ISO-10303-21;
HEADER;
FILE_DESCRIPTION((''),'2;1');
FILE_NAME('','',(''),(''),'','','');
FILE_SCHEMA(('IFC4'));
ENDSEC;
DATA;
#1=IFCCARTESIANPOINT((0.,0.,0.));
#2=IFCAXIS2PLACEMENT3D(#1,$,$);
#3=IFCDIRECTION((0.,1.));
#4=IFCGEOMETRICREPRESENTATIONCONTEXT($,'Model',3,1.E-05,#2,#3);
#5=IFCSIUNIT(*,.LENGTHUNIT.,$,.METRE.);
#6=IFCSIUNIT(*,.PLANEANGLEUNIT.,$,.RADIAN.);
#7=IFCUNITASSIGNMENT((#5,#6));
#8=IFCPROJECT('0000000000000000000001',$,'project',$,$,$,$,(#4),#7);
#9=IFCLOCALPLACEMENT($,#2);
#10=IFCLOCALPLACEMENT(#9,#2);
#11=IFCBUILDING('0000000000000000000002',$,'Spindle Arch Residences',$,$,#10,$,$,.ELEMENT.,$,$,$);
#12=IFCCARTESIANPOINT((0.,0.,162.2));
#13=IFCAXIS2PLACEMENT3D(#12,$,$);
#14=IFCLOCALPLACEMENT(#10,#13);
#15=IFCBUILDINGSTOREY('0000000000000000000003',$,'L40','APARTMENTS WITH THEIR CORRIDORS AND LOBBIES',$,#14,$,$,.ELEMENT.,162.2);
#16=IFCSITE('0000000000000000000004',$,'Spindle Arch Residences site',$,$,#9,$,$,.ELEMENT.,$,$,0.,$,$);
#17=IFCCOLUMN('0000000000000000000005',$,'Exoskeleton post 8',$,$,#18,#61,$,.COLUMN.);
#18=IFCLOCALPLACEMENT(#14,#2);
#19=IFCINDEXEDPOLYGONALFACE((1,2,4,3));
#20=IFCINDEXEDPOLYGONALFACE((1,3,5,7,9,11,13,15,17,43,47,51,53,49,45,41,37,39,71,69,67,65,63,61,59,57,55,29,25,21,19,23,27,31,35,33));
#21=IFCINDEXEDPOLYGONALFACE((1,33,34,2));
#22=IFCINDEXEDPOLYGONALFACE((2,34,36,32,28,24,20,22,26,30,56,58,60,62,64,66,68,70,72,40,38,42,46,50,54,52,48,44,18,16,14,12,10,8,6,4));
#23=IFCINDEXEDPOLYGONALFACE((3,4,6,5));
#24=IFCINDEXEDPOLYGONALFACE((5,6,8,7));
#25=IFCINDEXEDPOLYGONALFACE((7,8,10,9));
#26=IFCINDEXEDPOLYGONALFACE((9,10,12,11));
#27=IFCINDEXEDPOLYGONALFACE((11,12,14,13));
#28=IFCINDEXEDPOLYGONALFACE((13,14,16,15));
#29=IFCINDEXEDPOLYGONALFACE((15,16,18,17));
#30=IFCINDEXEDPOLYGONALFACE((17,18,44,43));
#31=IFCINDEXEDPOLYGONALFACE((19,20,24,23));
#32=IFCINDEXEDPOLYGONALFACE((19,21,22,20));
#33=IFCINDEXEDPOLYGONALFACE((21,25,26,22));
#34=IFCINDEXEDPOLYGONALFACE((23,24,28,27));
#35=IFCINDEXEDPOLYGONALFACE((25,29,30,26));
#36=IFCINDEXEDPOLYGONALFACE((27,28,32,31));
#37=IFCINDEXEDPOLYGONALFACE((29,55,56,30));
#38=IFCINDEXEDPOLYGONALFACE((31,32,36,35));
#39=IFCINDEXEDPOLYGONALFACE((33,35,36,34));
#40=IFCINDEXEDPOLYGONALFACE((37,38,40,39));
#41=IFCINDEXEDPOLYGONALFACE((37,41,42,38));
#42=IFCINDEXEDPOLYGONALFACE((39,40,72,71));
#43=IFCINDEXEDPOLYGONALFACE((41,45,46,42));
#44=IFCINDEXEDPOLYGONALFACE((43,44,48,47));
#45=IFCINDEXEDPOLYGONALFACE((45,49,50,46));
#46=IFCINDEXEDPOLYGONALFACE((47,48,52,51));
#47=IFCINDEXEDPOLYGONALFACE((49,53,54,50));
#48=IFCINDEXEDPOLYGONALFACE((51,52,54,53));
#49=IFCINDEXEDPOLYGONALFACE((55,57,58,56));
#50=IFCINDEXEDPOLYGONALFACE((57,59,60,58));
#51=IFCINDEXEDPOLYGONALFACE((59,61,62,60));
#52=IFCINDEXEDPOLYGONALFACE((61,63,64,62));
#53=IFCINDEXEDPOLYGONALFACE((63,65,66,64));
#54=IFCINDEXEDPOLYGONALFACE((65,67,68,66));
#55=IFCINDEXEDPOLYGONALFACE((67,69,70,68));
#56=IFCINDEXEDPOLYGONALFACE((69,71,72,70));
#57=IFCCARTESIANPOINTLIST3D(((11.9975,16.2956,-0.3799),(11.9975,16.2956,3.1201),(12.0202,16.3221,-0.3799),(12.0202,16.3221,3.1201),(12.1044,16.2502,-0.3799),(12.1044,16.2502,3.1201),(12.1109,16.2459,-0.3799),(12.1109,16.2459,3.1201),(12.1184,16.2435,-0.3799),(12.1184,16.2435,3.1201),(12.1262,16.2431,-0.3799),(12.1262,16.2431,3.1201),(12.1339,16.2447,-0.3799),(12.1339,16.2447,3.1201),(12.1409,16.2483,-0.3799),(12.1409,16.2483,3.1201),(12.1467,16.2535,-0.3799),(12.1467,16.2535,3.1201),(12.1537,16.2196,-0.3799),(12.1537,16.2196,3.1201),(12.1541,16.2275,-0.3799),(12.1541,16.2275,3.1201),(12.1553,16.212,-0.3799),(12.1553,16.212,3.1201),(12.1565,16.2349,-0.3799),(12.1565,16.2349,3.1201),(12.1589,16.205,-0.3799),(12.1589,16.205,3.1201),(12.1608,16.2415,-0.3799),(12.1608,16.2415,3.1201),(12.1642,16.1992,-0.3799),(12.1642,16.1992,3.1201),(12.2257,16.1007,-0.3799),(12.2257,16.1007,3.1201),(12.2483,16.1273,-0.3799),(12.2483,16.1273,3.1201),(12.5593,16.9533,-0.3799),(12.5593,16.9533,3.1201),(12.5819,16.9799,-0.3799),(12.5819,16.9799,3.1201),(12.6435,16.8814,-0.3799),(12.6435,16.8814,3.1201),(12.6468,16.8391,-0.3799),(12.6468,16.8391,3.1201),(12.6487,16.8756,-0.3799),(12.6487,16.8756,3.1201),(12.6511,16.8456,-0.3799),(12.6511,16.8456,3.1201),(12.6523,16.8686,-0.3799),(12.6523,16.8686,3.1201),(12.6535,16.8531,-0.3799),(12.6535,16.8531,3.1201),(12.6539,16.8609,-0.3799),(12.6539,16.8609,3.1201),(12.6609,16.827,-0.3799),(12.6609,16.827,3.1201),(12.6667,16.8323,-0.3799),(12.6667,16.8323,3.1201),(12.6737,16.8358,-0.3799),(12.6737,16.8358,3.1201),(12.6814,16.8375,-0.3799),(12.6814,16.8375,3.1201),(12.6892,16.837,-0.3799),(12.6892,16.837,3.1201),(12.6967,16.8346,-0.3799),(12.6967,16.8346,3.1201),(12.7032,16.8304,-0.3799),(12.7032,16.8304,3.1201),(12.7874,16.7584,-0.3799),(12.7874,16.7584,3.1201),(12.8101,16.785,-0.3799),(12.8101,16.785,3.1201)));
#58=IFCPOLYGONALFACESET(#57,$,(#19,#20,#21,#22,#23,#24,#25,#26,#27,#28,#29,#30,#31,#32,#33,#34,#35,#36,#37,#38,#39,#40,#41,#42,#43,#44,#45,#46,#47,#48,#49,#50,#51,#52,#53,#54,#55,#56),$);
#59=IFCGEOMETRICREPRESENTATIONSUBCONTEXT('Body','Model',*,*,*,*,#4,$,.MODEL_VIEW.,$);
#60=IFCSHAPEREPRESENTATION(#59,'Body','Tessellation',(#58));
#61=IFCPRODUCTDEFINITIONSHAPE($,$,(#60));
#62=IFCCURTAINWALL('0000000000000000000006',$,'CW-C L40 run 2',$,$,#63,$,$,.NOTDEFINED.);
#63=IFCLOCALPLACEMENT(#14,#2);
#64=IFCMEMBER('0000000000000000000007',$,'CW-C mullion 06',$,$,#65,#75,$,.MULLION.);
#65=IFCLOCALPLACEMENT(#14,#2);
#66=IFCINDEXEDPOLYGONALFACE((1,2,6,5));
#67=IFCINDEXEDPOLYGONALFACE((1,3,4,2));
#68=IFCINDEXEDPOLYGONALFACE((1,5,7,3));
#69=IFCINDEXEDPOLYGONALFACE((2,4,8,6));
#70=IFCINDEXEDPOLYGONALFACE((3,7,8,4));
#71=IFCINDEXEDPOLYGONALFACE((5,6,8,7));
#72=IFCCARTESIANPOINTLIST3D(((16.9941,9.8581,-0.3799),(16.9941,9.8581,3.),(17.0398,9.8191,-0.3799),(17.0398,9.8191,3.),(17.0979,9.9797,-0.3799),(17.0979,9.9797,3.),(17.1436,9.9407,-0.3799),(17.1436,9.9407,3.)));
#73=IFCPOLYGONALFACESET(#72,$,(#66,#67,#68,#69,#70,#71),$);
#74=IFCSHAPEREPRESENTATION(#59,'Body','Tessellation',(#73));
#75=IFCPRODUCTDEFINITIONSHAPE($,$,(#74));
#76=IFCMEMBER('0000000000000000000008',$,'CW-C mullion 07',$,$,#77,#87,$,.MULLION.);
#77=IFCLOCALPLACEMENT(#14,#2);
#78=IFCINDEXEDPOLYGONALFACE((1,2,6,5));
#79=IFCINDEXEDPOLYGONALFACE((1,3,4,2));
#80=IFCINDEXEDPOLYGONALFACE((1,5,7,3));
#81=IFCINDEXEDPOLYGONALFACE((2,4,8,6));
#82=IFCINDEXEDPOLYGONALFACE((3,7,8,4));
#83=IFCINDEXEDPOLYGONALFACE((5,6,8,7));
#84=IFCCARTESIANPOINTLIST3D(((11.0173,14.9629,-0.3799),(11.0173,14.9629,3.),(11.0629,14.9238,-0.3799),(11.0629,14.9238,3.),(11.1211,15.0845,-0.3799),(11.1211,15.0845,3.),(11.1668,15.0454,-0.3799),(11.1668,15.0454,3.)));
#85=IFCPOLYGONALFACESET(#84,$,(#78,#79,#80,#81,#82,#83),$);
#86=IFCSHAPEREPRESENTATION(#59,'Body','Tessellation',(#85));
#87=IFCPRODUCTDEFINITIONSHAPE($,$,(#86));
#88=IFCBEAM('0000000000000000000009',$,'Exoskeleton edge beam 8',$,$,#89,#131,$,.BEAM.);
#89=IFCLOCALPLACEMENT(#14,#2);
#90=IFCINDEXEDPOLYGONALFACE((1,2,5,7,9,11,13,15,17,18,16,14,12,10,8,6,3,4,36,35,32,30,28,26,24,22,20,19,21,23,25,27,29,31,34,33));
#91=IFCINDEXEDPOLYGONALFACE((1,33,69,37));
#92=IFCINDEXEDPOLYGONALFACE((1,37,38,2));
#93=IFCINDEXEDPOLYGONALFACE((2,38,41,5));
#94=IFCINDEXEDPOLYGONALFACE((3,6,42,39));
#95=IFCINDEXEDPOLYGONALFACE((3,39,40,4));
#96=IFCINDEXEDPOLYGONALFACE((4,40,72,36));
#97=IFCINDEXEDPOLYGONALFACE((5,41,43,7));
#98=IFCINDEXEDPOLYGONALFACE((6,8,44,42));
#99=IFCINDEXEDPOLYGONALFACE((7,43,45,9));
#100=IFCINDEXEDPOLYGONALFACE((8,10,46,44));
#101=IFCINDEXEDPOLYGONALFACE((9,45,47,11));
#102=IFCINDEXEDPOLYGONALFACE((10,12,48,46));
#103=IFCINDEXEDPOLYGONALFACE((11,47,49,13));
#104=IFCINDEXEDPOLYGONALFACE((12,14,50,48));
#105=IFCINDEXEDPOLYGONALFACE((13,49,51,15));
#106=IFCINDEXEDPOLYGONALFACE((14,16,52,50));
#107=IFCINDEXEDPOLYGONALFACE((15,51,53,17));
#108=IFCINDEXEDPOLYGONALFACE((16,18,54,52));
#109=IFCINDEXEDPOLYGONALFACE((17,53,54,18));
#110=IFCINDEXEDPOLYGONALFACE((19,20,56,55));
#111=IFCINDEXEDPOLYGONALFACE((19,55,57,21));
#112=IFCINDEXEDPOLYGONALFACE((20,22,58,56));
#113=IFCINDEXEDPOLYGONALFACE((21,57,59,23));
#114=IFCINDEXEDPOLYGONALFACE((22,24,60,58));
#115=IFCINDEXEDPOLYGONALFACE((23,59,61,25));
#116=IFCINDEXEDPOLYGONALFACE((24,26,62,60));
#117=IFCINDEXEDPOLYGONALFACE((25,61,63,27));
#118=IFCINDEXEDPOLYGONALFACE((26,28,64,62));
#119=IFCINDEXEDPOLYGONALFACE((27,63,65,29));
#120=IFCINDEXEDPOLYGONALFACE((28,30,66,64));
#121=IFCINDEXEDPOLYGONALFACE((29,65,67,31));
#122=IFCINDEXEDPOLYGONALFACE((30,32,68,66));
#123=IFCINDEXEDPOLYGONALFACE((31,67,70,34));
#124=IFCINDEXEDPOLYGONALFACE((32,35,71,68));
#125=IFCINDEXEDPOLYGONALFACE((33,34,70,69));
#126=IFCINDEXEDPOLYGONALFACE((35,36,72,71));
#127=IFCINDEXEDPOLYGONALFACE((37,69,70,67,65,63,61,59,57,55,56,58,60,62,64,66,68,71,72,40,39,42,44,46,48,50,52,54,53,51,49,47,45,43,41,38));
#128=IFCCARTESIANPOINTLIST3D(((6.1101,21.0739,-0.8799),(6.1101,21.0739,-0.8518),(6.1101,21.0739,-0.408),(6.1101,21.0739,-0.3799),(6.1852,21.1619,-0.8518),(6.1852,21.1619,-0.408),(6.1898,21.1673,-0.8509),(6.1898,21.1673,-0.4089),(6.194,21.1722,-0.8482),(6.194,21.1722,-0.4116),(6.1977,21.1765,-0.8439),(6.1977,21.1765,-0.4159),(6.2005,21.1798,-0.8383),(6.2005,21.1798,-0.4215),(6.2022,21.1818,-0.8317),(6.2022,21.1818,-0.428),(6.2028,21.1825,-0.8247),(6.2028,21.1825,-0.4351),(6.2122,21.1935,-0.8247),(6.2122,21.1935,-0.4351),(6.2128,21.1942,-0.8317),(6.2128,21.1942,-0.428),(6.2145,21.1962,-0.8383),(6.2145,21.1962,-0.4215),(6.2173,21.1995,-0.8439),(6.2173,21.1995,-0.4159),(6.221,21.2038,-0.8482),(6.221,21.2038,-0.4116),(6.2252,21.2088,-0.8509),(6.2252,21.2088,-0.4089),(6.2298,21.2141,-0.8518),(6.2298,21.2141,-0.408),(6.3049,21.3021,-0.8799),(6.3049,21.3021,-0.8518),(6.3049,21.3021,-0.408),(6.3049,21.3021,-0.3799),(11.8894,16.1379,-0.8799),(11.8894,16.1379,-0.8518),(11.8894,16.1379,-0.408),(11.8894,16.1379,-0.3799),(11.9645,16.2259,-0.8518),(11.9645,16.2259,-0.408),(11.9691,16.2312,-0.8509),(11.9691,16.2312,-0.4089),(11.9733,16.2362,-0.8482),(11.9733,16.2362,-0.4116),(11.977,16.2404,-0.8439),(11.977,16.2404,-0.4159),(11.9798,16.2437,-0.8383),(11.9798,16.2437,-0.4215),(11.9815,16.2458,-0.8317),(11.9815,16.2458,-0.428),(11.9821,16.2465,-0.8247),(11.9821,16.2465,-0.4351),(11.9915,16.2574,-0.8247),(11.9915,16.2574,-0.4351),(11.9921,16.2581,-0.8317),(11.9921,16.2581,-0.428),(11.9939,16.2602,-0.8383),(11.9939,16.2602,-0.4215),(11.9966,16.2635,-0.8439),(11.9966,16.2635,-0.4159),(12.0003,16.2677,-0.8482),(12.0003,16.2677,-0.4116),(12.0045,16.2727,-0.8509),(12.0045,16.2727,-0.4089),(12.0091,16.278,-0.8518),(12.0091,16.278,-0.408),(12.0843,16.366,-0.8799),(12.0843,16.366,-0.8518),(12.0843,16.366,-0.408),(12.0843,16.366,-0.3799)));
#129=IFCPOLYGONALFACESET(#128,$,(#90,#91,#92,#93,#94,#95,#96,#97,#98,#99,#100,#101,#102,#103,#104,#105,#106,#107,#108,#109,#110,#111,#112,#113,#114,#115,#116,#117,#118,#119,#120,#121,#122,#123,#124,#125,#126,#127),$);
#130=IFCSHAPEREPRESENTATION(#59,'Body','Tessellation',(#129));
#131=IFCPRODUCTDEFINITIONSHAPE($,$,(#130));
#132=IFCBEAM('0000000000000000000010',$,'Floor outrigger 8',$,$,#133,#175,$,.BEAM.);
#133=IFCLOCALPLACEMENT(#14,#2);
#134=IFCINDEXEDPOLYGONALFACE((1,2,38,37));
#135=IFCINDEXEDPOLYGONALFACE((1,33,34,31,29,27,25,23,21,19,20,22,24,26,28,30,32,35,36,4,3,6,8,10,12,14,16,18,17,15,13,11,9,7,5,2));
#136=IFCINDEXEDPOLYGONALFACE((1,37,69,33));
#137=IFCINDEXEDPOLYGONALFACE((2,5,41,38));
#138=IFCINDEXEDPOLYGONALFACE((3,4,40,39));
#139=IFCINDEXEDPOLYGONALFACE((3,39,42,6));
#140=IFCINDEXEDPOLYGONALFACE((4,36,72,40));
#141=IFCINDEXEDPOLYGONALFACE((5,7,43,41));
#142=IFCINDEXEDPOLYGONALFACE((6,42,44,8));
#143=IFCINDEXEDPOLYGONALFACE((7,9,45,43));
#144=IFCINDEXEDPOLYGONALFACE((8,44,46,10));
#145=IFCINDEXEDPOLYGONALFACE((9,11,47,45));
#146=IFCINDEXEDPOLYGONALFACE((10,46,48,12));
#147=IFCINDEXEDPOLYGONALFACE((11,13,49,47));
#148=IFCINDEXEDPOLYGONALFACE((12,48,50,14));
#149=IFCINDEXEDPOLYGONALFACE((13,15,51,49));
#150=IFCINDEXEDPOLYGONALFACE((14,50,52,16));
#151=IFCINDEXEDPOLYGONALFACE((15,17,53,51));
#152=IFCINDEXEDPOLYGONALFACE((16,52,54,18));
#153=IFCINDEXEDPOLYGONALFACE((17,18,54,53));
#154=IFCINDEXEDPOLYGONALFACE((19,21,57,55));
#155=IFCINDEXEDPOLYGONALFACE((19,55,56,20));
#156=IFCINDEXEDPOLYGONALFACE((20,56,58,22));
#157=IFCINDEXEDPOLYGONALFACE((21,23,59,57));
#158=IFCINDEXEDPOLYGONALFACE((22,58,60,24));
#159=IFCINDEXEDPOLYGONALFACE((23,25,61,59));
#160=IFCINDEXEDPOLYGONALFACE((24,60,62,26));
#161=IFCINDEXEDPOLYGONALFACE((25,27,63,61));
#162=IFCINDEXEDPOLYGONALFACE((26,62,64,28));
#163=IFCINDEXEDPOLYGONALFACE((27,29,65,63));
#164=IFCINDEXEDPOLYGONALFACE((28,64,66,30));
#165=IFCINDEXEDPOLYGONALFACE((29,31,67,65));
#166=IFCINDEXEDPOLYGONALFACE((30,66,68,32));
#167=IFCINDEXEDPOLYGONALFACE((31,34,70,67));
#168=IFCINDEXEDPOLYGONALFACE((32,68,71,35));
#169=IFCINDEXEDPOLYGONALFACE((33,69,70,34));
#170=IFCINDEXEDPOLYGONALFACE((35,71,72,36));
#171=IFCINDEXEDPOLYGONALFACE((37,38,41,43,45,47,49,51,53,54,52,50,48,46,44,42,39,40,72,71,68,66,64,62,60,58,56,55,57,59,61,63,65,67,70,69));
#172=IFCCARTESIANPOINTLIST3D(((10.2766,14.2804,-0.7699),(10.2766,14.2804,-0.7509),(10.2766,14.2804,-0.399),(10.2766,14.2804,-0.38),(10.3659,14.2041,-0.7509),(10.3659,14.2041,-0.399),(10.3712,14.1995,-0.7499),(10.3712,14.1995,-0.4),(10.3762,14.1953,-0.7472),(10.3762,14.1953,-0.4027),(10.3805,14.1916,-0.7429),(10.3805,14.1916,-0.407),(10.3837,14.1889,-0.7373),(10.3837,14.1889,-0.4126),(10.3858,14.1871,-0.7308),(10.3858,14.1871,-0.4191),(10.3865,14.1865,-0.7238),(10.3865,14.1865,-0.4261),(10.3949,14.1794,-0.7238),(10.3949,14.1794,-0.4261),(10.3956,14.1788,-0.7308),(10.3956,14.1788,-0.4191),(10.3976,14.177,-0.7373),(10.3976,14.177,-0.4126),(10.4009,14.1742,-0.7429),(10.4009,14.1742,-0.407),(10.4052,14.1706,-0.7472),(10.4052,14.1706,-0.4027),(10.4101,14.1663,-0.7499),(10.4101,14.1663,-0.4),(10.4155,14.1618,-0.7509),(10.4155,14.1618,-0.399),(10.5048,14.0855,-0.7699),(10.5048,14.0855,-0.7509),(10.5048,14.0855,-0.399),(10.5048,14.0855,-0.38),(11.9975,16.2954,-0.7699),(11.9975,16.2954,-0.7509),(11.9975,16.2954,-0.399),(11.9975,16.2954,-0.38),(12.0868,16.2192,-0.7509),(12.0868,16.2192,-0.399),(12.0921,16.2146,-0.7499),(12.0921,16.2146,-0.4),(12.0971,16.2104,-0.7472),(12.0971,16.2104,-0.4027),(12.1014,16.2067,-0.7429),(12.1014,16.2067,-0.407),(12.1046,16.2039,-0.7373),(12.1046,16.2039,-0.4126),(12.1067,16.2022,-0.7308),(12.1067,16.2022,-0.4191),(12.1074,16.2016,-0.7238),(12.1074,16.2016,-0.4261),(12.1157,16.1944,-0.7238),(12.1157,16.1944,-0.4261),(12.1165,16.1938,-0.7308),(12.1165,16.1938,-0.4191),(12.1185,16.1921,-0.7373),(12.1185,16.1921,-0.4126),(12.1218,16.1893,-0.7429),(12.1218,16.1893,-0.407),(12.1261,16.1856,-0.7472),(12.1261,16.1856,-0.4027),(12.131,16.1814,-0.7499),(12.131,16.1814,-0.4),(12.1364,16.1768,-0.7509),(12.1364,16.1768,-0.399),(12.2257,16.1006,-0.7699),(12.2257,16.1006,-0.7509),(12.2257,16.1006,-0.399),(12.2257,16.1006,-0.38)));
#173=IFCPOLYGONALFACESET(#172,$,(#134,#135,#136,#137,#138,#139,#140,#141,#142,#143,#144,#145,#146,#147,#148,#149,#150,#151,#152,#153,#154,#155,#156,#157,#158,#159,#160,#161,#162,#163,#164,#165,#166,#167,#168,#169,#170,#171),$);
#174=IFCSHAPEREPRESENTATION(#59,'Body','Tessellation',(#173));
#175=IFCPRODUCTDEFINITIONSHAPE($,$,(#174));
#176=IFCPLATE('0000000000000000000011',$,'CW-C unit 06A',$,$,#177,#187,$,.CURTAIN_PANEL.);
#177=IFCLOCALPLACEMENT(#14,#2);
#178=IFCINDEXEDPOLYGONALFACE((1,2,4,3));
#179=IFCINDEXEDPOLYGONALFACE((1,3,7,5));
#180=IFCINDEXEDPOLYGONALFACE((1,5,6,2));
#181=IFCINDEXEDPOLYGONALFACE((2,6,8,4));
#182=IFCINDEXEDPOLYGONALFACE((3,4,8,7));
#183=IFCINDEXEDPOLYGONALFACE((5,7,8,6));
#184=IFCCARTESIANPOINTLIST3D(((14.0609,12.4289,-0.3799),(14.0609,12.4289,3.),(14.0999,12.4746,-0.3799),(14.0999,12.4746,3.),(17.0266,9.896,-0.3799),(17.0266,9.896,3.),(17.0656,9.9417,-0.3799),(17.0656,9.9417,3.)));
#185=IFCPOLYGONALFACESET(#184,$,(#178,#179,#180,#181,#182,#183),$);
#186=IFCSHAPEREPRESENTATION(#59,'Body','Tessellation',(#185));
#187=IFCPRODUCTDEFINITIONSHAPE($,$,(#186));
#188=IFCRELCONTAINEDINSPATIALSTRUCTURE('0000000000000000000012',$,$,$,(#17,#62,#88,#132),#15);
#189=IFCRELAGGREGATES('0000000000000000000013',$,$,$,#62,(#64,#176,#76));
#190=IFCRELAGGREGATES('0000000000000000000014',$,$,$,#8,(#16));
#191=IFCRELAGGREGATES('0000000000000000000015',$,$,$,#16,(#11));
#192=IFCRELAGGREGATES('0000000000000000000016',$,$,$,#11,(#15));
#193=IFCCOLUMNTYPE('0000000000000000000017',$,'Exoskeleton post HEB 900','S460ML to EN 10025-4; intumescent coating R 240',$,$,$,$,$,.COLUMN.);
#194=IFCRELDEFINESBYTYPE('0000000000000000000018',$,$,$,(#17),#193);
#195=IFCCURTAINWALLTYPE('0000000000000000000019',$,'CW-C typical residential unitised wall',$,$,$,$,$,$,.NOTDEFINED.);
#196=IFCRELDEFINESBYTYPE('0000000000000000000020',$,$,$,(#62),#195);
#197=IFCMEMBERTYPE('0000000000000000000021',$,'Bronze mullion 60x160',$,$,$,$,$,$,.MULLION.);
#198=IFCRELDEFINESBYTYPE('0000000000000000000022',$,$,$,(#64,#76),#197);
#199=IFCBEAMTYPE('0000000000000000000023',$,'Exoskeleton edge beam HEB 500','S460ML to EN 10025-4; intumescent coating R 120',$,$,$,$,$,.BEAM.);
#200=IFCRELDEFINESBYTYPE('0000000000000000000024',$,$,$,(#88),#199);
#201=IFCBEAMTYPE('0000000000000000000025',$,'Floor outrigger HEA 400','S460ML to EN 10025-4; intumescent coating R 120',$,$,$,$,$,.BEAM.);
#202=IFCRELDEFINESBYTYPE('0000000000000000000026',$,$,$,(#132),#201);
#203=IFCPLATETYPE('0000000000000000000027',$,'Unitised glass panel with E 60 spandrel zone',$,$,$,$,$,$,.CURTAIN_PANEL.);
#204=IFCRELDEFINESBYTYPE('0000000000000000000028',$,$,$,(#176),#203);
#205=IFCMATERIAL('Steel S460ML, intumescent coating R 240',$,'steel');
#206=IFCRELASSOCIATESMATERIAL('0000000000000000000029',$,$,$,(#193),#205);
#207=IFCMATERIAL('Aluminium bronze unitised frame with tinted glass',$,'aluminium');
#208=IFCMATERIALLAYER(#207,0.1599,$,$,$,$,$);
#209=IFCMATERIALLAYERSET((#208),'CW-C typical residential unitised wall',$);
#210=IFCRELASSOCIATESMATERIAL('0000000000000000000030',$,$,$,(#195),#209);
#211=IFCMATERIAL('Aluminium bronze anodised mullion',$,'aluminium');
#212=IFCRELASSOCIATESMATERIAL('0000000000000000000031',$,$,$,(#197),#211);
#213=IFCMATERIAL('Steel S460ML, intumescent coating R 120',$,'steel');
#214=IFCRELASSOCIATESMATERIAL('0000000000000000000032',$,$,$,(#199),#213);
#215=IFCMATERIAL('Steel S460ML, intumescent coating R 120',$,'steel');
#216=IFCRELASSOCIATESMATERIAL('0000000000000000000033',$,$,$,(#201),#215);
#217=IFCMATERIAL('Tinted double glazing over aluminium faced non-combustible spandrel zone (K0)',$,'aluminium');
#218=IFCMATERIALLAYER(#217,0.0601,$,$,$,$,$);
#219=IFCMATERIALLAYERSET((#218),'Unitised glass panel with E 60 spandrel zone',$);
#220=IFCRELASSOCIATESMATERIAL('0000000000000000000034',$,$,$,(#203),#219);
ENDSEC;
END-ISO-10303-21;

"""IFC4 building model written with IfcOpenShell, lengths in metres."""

from ifc_helpers import new_model, si_unit, direction, frame, origin, origin_2d, place, context, subcontext, project, spatial, rectangle, i_section, extrude, material, layer, layer_set, material_profile, profile_set, type_object, element, aggregate, save


model = new_model("IFC4")

# Units and contexts
model_context = context("Model", 3, precision=1e-05, world=origin(), true_north=direction((0.0, 1.0)))
body_context = subcontext(model_context, "Body", "Model", "MODEL_VIEW")
ifc_project = project(units=[si_unit("LENGTHUNIT", "METRE"), si_unit("PLANEANGLEUNIT", "RADIAN")], contexts=[model_context])

# Site, building, storey
site_placement = place(None, origin())
site = spatial("IfcSite", under=ifc_project, at=site_placement, Name="Spindle Arch Residences site", CompositionType="ELEMENT", RefElevation=0.0)
building_placement = place(site_placement, origin())
building = spatial("IfcBuilding", under=site, at=building_placement, Name="Spindle Arch Residences", CompositionType="ELEMENT")
storey_placement = place(building_placement, frame((0.0, 0.0, 162.2)))
storey = spatial("IfcBuildingStorey", under=building, at=storey_placement, Name="L40", Description="APARTMENTS WITH THEIR CORRIDORS AND LOBBIES", CompositionType="ELEMENT", Elevation=162.2)

# Column
ifc_material_1 = material(Name="Steel S460ML, intumescent coating R 240", Category="steel")
ifc_material_profile_1 = material_profile(ifc_material_1, i_section(OverallWidth=0.3, OverallDepth=0.8999, WebThickness=0.0186, FlangeThickness=0.0349, FilletRadius=0.03, at=origin_2d()), Name="HEB 900")
ifc_profile_set_1 = profile_set([ifc_material_profile_1], Name="Steel S460ML, intumescent coating R 240")
column_type = type_object("IfcColumnType", Name="Exoskeleton post HEB 900", Description="S460ML to EN 10025-4; intumescent coating R 240", PredefinedType="COLUMN", material=ifc_profile_set_1)
column_placement = place(storey_placement, frame((12.4038, 16.5403, -0.3799), z_axis=(0.0, 0.0, 1.0), x_axis=(0.760406, -0.649448, 0.0)))
element("IfcColumn", 1, at=column_placement, inside=storey, type_object=column_type, Name="Exoskeleton post 8", PredefinedType="COLUMN", context=body_context, shape_type="SweptSolid", body=[
    extrude(i_section(OverallWidth=0.3, OverallDepth=0.8999, WebThickness=0.0186, FlangeThickness=0.0349, FilletRadius=0.03, at=origin_2d()), origin(), (0.0, 0.0, 1.0), 3.5),
])

# Curtain wall, members
ifc_material_2 = material(Name="Aluminium bronze unitised frame with tinted glass", Category="aluminium")
ifc_layer_1 = layer(ifc_material_2, 0.1599)
ifc_layer_set_1 = layer_set([ifc_layer_1], Name="CW-C typical residential unitised wall")
curtain_wall_type = type_object("IfcCurtainWallType", Name="CW-C typical residential unitised wall", PredefinedType="NOTDEFINED", material=ifc_layer_set_1)
curtain_wall_placement = place(storey_placement, origin())
curtain_wall = element("IfcCurtainWall", 2, at=curtain_wall_placement, inside=storey, type_object=curtain_wall_type, Name="CW-C L40 run 2", PredefinedType="NOTDEFINED")
ifc_material_3 = material(Name="Aluminium bronze anodised mullion", Category="aluminium")
ifc_material_profile_2 = material_profile(ifc_material_3, rectangle(XDim=0.1599, YDim=0.0601, at=origin_2d()), Name="MU 60x160")
ifc_profile_set_2 = profile_set([ifc_material_profile_2], Name="Aluminium bronze anodised mullion")
member_type = type_object("IfcMemberType", Name="Bronze mullion 60x160", PredefinedType="MULLION", material=ifc_profile_set_2)
member_1_placement = place(storey_placement, frame((17.0688, 9.8994, -0.3799), z_axis=(0.0, 0.0, 1.0), x_axis=(-0.649448, -0.760406, 0.0)))
member_1 = element("IfcMember", 3, at=member_1_placement, type_object=member_type, Name="CW-C mullion 06", PredefinedType="MULLION", context=body_context, shape_type="SweptSolid", body=[
    extrude(rectangle(XDim=0.1599, YDim=0.0601, at=origin_2d()), origin(), (0.0, 0.0, 1.0), 3.3799),
])
member_2_placement = place(storey_placement, frame((11.092, 15.0042, -0.3799), z_axis=(0.0, 0.0, 1.0), x_axis=(-0.649448, -0.760406, 0.0)))
member_2 = element("IfcMember", 4, at=member_2_placement, type_object=member_type, Name="CW-C mullion 07", PredefinedType="MULLION", context=body_context, shape_type="SweptSolid", body=[
    extrude(rectangle(XDim=0.1599, YDim=0.0601, at=origin_2d()), origin(), (0.0, 0.0, 1.0), 3.3799),
])

# Beams
ifc_material_4 = material(Name="Steel S460ML, intumescent coating R 120", Category="steel")
ifc_material_profile_3 = material_profile(ifc_material_4, i_section(OverallWidth=0.3, OverallDepth=0.5, WebThickness=0.0144, FlangeThickness=0.0281, FilletRadius=0.0271, at=origin_2d()), Name="HEB 500")
ifc_profile_set_3 = profile_set([ifc_material_profile_3], Name="Steel S460ML, intumescent coating R 120")
beam_type_1 = type_object("IfcBeamType", Name="Exoskeleton edge beam HEB 500", Description="S460ML to EN 10025-4; intumescent coating R 120", PredefinedType="BEAM", material=ifc_profile_set_3)
beam_1_placement = place(storey_placement, frame((11.9868, 16.252, -0.6299), z_axis=(-0.760403, 0.649452, 0.0), x_axis=(-0.649452, -0.760403, 0.0)))
element("IfcBeam", 5, at=beam_1_placement, inside=storey, type_object=beam_type_1, Name="Exoskeleton edge beam 8", PredefinedType="BEAM", context=body_context, shape_type="SweptSolid", body=[
    extrude(i_section(OverallWidth=0.3, OverallDepth=0.5, WebThickness=0.0144, FlangeThickness=0.0281, FilletRadius=0.0271, at=origin_2d()), origin(), (0.0, 0.0, 1.0), 7.6003),
])
ifc_material_5 = material(Name="Steel S460ML, intumescent coating R 120", Category="steel")
ifc_material_profile_4 = material_profile(ifc_material_5, i_section(OverallWidth=0.3, OverallDepth=0.3899, WebThickness=0.011, FlangeThickness=0.019, FilletRadius=0.0271, at=origin_2d()), Name="HEA 400")
ifc_profile_set_4 = profile_set([ifc_material_profile_4], Name="Steel S460ML, intumescent coating R 120")
beam_type_2 = type_object("IfcBeamType", Name="Floor outrigger HEA 400", Description="S460ML to EN 10025-4; intumescent coating R 120", PredefinedType="BEAM", material=ifc_profile_set_4)
beam_2_placement = place(storey_placement, frame((12.1116, 16.198, -0.575), z_axis=(-0.649417, -0.760432, 0.0), x_axis=(0.760432, -0.649417, 0.0)))
element("IfcBeam", 6, at=beam_2_placement, inside=storey, type_object=beam_type_2, Name="Floor outrigger 8", PredefinedType="BEAM", context=body_context, shape_type="SweptSolid", body=[
    extrude(i_section(OverallWidth=0.3, OverallDepth=0.3899, WebThickness=0.011, FlangeThickness=0.019, FilletRadius=0.0271, at=origin_2d()), origin(), (0.0, 0.0, 1.0), 2.6499),
])

# Plate
ifc_material_6 = material(Name="Tinted double glazing over aluminium faced non-combustible spandrel zone (K0)", Category="aluminium")
ifc_layer_2 = layer(ifc_material_6, 0.0601)
ifc_layer_set_2 = layer_set([ifc_layer_2], Name="Unitised glass panel with E 60 spandrel zone")
plate_type = type_object("IfcPlateType", Name="Unitised glass panel with E 60 spandrel zone", PredefinedType="CURTAIN_PANEL", material=ifc_layer_set_2)
plate_1_placement = place(storey_placement, frame((15.5632, 11.1853, -0.3799), z_axis=(0.0, 0.0, 1.0), x_axis=(-0.760406, 0.649448, 0.0)))
plate_1 = element("IfcPlate", 7, at=plate_1_placement, type_object=plate_type, Name="CW-C unit 06A", PredefinedType="CURTAIN_PANEL", context=body_context, shape_type="SweptSolid", body=[
    extrude(rectangle(XDim=3.9001, YDim=0.0601, at=origin_2d()), origin(), (0.0, 0.0, 1.0), 3.3799),
])
aggregate(curtain_wall, [member_1, plate_1, member_2])

save(model, "model.ifc")
